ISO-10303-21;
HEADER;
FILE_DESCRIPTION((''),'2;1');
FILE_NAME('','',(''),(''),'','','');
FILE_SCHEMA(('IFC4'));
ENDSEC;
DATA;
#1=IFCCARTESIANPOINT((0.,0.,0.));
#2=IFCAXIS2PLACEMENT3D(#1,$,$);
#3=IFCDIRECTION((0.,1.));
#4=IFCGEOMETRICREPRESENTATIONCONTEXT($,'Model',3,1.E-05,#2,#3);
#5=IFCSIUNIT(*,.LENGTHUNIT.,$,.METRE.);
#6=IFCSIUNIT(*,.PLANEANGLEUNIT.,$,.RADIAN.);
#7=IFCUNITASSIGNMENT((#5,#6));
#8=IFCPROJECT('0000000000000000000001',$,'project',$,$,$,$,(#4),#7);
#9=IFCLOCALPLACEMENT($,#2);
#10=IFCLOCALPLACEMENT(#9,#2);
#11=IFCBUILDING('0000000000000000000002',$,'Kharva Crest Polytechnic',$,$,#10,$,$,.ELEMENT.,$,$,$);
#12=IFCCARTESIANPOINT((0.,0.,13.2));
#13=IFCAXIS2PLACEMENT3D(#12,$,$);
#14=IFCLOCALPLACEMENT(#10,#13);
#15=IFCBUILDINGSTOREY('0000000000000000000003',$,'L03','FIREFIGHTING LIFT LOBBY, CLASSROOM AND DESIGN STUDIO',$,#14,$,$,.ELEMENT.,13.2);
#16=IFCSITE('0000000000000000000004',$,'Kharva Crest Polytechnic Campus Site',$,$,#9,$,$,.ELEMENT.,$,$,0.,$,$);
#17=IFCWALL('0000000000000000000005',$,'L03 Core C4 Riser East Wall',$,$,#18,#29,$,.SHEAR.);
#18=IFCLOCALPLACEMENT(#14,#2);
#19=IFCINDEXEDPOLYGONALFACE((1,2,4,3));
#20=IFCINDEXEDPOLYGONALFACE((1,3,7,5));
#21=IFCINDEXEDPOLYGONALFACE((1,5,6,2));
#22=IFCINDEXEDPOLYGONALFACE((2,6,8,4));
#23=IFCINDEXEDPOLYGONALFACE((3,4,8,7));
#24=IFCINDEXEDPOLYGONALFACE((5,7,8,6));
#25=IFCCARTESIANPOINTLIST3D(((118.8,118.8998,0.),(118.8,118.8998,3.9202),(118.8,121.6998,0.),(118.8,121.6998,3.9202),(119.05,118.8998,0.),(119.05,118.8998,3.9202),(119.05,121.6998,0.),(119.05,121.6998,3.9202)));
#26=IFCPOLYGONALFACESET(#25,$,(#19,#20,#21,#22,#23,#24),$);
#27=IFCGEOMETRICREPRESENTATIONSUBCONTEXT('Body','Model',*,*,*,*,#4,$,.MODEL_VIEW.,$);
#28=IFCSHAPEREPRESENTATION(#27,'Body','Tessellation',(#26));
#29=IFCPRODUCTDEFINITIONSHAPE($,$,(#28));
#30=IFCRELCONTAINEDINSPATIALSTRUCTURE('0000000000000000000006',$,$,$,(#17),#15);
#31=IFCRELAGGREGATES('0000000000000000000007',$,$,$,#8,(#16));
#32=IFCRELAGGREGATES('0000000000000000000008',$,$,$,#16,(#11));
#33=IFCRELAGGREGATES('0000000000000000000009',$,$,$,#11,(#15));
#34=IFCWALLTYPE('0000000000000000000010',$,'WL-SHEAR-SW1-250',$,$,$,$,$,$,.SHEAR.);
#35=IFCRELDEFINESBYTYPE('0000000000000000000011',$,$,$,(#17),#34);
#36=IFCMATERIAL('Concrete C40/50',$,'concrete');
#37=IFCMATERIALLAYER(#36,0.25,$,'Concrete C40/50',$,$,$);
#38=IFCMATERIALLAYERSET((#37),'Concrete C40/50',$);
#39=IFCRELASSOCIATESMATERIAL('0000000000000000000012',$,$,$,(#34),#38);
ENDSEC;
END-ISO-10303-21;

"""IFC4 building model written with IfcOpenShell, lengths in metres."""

from ifc_helpers import new_model, si_unit, direction, frame, frame_2d, origin, place, context, subcontext, project, spatial, rectangle, extrude, material, layer, layer_set, type_object, element, save


model = new_model("IFC4")

# Units and contexts
model_context = context("Model", 3, precision=1e-05, world=origin(), true_north=direction((0.0, 1.0)))
body_context = subcontext(model_context, "Body", "Model", "MODEL_VIEW")
ifc_project = project(units=[si_unit("LENGTHUNIT", "METRE"), si_unit("PLANEANGLEUNIT", "RADIAN")], contexts=[model_context])

# Site, building, storey
site_placement = place(None, origin())
site = spatial("IfcSite", under=ifc_project, at=site_placement, Name="Kharva Crest Polytechnic Campus Site", CompositionType="ELEMENT", RefElevation=0.0)
building_placement = place(site_placement, origin())
building = spatial("IfcBuilding", under=site, at=building_placement, Name="Kharva Crest Polytechnic", CompositionType="ELEMENT")
storey_placement = place(building_placement, frame((0.0, 0.0, 13.2)))
storey = spatial("IfcBuildingStorey", under=building, at=storey_placement, Name="L03", Description="FIREFIGHTING LIFT LOBBY, CLASSROOM AND DESIGN STUDIO", CompositionType="ELEMENT", Elevation=13.2)

# Shared definitions
ifc_material_1 = material(Name="Concrete C40/50", Category="concrete")

# Wall
ifc_layer_1 = layer(ifc_material_1, 0.25, Name="Concrete C40/50")
ifc_layer_set_1 = layer_set([ifc_layer_1], Name="Concrete C40/50")
wall_type_1 = type_object("IfcWallType", Name="WL-SHEAR-SW1-250", PredefinedType="SHEAR", material=ifc_layer_set_1)
wall_1_placement = place(storey_placement, frame((118.925, 118.8999, 0.0), z_axis=(0.0, 0.0, 1.0), x_axis=(0.0, 1.0, 0.0)))
element("IfcWall", 1, at=wall_1_placement, inside=storey, type_object=wall_type_1, Name="L03 Core C4 Riser East Wall", PredefinedType="SHEAR", context=body_context, shape_type="SweptSolid", body=[
    extrude(rectangle(XDim=2.8, YDim=0.25, at=frame_2d((1.3999, 0.0))), origin(), (0.0, 0.0, 1.0), 3.9202),
])

save(model, "model.ifc")
